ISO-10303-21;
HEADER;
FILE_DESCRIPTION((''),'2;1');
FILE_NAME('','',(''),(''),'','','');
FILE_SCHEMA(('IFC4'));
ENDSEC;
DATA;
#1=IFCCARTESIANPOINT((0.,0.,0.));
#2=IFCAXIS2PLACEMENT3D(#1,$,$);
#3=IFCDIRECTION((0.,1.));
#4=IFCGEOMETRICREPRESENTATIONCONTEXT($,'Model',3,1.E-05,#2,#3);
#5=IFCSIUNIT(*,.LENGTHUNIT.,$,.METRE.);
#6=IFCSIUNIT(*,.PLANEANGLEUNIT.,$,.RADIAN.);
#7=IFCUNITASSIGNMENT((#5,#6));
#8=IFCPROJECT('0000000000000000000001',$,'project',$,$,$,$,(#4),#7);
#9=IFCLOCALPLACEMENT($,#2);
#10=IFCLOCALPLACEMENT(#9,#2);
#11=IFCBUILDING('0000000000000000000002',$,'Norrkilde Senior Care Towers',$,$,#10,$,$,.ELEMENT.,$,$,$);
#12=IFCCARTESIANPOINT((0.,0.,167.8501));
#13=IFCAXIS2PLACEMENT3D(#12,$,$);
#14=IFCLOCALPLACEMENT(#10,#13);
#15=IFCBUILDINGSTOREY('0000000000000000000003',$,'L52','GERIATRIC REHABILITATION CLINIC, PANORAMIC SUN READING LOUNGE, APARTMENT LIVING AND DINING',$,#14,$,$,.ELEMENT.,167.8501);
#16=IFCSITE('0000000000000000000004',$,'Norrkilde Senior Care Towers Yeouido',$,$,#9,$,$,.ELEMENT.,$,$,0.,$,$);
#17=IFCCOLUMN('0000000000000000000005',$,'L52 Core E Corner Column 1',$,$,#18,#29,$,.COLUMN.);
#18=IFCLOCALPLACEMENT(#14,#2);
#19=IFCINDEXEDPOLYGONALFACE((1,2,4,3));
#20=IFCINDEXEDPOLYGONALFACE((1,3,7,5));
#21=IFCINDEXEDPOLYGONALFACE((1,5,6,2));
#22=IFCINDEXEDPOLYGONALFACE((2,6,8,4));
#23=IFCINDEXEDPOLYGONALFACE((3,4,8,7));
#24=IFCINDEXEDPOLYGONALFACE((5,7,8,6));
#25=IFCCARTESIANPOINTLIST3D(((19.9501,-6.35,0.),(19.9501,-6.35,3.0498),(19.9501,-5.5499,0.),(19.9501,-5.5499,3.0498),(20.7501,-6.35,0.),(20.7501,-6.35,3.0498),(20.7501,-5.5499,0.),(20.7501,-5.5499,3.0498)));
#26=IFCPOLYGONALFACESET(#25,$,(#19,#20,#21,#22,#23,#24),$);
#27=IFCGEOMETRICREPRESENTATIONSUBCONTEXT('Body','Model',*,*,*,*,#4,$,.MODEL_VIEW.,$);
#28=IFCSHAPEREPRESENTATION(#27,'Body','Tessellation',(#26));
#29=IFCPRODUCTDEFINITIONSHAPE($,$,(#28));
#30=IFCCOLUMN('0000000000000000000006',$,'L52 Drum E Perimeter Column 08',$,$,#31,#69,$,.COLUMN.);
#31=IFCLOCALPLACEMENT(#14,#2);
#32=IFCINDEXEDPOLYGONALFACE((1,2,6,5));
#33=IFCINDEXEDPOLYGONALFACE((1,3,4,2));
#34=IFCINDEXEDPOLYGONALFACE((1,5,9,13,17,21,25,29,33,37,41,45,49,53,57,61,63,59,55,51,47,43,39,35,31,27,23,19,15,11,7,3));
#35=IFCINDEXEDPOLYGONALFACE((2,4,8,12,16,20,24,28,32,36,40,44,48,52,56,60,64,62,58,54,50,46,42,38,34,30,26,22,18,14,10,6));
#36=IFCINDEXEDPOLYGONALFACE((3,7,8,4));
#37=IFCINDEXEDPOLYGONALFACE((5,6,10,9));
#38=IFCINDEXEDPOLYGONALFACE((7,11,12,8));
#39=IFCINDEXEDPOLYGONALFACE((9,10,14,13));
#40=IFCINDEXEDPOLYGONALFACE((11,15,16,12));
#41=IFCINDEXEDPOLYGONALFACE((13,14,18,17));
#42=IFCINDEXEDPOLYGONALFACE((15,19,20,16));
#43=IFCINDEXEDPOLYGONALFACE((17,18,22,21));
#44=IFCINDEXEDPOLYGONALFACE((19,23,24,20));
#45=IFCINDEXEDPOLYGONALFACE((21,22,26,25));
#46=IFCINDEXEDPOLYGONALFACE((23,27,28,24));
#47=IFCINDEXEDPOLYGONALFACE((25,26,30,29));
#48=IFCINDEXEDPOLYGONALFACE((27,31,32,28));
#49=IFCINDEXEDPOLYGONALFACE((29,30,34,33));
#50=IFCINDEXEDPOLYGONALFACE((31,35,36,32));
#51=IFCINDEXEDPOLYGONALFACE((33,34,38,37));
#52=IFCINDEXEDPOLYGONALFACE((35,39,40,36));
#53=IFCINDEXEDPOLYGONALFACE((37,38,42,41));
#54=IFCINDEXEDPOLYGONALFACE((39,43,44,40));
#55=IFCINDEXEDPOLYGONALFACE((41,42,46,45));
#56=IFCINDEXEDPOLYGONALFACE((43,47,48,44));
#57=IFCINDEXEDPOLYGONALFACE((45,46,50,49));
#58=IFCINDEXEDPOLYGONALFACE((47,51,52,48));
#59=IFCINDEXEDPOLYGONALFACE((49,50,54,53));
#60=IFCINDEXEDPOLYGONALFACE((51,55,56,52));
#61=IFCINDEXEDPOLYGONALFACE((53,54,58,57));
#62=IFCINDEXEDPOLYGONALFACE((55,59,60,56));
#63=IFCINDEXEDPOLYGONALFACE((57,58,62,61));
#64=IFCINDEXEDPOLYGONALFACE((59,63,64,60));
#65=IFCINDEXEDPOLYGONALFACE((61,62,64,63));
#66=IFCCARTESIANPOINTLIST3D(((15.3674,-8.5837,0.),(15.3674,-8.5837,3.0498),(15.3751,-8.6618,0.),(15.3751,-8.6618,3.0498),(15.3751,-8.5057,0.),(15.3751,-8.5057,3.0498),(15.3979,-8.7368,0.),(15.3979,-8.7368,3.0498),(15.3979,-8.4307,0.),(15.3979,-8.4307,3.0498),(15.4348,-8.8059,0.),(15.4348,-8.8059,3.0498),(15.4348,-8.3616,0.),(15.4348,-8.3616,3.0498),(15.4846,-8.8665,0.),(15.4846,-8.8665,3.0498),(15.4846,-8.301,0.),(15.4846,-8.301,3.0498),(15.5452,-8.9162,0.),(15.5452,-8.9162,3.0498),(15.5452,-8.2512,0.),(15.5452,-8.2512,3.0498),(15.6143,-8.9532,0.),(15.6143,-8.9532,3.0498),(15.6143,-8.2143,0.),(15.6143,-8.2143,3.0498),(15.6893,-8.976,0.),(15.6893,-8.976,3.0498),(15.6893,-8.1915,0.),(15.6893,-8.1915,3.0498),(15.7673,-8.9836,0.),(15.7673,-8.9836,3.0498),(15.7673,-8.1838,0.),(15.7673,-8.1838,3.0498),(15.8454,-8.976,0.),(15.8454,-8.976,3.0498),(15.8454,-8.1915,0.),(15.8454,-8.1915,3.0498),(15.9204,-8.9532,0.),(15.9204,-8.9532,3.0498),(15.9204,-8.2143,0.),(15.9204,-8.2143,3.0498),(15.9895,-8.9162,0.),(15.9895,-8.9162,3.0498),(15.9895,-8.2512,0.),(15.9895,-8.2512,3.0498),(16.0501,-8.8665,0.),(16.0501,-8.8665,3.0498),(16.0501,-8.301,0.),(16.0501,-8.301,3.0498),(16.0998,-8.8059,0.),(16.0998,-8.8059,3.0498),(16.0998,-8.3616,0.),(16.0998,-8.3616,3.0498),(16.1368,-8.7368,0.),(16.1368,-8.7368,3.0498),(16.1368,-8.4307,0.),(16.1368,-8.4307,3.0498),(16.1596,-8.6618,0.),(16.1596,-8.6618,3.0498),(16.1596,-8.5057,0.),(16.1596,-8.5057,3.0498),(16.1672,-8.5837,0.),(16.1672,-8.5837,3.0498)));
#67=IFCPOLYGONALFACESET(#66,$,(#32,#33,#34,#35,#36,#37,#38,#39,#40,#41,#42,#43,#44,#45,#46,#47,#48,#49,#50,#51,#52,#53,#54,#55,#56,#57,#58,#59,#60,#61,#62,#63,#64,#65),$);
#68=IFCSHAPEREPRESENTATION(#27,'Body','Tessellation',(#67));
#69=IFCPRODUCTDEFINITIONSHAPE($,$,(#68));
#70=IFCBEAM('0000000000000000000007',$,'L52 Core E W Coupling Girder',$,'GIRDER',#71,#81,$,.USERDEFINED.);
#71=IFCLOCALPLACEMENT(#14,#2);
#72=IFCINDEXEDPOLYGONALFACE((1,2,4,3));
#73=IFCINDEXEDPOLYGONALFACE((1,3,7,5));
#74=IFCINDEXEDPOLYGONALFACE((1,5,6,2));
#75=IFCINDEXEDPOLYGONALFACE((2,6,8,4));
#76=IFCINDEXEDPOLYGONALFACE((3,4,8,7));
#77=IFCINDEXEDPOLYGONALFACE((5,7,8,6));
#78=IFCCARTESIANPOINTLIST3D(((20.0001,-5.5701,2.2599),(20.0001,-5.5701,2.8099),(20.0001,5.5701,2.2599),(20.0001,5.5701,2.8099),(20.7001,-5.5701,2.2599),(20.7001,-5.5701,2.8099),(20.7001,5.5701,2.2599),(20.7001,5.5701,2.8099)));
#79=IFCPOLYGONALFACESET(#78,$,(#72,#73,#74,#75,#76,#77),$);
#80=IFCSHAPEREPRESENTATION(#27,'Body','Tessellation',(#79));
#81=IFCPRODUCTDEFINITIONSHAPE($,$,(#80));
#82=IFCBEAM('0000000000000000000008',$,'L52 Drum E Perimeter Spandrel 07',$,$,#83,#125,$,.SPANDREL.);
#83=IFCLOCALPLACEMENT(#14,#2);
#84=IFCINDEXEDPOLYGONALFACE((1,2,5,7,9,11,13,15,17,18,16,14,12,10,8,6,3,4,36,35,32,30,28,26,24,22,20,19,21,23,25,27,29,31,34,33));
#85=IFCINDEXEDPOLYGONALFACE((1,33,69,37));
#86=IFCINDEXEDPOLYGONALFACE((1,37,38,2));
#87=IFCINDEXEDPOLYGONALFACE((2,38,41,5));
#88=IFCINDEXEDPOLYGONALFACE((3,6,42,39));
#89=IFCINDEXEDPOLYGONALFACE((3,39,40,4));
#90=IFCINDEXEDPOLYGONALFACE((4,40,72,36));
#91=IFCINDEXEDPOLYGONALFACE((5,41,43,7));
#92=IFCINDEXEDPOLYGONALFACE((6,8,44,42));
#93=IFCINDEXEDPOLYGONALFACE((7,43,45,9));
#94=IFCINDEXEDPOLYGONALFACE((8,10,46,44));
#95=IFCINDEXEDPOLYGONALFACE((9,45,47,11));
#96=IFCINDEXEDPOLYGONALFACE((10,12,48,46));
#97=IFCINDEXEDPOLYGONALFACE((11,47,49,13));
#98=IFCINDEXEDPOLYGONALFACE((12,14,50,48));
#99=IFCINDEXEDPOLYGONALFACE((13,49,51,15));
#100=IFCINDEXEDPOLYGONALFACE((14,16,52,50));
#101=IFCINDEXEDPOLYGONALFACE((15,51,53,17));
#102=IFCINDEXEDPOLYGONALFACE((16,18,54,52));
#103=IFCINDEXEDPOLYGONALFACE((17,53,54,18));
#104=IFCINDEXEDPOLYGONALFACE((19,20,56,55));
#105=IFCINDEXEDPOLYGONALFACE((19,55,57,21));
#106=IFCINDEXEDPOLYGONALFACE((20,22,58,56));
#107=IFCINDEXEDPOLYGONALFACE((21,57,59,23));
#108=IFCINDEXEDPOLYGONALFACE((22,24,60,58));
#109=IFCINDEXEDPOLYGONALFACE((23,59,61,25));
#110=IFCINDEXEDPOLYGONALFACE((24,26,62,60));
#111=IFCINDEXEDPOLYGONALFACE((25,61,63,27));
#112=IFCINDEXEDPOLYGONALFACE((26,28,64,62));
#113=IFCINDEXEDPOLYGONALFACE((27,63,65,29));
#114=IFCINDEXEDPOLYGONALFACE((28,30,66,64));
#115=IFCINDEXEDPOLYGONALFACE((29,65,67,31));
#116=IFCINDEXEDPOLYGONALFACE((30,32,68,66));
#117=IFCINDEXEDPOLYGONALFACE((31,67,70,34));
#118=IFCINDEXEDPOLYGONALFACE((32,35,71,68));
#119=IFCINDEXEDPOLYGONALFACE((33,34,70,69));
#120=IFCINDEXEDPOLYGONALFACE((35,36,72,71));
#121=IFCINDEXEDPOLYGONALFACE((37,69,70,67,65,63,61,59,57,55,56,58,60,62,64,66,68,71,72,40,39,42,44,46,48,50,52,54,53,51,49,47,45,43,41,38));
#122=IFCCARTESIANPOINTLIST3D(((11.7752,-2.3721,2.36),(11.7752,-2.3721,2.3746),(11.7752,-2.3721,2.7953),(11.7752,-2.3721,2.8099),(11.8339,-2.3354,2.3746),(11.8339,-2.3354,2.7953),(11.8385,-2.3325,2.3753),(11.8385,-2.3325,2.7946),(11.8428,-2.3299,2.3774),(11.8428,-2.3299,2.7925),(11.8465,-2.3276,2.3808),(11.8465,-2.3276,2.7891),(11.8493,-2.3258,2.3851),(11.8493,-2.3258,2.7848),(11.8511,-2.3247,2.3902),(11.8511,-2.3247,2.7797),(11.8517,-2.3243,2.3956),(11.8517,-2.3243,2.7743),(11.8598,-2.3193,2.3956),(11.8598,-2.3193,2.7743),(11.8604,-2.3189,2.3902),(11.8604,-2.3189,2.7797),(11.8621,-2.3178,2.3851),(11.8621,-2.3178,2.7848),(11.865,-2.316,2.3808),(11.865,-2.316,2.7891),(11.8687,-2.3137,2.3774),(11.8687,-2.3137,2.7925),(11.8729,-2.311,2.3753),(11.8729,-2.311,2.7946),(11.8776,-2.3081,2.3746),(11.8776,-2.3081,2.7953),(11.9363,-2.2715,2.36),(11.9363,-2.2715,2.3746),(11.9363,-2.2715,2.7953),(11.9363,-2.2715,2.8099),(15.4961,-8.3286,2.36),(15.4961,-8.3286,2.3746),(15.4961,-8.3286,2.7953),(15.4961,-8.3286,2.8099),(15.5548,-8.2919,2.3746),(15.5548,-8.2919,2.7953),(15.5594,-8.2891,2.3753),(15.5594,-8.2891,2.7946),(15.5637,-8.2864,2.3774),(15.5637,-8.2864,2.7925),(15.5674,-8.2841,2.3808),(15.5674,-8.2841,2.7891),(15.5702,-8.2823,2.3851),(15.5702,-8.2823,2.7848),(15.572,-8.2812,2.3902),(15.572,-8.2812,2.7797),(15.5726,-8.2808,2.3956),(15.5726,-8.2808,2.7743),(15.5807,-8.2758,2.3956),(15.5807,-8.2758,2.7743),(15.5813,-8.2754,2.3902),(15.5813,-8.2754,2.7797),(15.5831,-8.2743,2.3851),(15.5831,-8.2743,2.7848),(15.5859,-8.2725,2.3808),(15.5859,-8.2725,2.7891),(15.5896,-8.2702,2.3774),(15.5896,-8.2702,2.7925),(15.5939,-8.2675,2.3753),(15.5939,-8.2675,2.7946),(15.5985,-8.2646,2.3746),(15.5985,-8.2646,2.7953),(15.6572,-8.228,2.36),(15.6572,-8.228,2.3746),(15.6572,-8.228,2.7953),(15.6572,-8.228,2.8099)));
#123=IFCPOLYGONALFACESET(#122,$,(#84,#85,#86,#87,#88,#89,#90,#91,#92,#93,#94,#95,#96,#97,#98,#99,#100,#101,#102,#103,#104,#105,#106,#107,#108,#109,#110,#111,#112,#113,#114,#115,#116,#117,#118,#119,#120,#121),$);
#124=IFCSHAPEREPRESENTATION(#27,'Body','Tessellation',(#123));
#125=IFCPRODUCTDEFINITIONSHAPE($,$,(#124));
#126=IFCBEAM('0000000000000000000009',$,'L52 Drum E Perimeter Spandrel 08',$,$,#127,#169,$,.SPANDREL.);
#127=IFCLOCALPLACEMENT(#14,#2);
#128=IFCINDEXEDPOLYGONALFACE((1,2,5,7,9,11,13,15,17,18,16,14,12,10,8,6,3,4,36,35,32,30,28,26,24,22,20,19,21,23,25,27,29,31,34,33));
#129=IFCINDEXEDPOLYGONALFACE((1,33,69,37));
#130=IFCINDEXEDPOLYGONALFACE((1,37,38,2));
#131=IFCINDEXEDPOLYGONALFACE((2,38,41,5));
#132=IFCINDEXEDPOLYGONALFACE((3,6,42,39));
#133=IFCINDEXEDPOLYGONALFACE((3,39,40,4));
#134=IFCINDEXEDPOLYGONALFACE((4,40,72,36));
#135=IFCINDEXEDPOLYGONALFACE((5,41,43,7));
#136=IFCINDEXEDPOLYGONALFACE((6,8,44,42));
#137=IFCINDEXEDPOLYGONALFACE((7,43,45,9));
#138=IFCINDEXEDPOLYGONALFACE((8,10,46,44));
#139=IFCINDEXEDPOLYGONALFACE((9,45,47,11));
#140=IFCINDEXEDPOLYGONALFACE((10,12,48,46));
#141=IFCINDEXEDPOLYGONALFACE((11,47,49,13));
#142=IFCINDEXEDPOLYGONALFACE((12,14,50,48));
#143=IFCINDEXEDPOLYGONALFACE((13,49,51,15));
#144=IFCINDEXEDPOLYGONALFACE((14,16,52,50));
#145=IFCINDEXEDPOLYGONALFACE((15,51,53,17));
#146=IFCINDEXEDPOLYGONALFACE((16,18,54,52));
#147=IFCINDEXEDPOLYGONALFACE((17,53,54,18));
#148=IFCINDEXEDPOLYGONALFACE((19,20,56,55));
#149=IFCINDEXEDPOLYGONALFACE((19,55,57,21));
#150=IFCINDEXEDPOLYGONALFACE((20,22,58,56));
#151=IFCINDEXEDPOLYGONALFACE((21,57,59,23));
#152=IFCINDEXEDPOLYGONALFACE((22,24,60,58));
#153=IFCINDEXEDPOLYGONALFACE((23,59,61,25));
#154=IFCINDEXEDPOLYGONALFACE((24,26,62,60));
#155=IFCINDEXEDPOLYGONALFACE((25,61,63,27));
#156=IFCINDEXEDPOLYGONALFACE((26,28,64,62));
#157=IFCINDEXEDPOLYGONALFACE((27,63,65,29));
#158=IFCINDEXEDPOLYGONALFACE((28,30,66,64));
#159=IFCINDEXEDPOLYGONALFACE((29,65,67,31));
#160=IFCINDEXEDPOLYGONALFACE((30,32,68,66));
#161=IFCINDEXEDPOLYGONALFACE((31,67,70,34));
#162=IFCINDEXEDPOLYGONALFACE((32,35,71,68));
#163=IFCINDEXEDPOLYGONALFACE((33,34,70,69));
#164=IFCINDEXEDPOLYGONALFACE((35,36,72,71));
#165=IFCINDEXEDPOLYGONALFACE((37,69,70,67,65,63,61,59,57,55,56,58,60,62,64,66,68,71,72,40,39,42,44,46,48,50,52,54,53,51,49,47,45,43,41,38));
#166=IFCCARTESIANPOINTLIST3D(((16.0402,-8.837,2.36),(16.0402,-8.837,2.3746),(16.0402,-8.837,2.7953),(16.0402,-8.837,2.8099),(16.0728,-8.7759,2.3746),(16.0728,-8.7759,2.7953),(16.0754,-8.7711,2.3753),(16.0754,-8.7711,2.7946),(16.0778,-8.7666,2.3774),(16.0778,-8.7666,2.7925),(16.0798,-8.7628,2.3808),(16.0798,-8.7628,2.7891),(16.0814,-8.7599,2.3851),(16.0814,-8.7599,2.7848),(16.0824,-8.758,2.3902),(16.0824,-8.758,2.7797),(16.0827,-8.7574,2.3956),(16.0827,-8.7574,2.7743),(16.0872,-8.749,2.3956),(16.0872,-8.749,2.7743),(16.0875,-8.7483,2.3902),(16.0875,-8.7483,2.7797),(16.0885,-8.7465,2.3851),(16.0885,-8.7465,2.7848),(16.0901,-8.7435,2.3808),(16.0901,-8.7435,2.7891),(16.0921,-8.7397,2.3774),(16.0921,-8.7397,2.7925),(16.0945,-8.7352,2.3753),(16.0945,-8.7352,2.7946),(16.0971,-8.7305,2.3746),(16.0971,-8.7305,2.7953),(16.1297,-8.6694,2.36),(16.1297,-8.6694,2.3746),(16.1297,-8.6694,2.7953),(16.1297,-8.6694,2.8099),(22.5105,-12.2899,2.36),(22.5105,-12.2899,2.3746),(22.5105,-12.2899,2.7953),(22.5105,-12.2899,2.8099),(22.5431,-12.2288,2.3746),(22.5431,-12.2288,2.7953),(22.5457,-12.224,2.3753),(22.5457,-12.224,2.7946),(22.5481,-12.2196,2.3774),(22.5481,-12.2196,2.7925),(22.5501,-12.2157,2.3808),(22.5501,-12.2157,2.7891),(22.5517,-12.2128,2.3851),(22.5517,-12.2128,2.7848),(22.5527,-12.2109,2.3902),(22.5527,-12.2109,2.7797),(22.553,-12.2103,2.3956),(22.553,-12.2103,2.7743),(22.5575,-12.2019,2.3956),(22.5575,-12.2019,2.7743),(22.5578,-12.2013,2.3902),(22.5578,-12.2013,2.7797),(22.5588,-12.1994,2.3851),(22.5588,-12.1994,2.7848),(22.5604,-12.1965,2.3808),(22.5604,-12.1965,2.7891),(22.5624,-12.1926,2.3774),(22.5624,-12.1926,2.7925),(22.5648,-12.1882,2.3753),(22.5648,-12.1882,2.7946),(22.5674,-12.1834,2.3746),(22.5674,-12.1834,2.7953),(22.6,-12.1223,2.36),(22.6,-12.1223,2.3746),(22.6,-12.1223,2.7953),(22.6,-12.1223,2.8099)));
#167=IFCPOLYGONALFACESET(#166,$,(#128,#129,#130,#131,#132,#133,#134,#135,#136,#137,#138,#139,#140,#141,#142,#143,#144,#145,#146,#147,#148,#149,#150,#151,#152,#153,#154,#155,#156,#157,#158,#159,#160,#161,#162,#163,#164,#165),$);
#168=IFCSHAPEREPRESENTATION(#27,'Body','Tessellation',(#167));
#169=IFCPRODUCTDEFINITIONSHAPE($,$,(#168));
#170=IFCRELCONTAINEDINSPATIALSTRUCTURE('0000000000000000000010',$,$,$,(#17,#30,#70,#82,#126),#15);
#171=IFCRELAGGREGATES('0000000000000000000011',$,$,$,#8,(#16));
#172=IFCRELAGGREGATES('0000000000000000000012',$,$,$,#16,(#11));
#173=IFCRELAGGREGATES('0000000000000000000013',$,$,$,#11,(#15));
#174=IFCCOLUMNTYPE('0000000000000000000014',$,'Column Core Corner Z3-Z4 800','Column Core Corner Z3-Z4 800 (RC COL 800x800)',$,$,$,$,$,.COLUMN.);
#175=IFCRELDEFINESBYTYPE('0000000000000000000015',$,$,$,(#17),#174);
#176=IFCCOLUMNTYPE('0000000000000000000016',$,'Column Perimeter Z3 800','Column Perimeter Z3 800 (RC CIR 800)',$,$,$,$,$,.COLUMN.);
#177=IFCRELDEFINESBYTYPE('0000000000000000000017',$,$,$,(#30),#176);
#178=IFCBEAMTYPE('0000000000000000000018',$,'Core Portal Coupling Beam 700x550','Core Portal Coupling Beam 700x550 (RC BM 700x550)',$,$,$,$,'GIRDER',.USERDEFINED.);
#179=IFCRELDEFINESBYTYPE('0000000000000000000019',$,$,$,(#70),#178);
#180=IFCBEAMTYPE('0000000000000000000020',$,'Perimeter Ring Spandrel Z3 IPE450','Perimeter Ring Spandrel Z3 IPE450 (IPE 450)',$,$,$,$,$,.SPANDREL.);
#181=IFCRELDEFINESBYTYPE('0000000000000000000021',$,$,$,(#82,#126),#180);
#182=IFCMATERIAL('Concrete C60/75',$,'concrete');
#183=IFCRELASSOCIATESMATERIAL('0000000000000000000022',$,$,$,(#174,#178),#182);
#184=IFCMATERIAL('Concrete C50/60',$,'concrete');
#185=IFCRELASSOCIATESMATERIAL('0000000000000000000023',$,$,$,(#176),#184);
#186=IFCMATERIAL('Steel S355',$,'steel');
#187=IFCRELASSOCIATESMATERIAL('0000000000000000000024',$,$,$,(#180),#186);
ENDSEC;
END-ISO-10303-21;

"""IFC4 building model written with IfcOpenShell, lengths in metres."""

from ifc_helpers import new_model, si_unit, direction, frame, origin, origin_2d, place, context, subcontext, project, spatial, rectangle, circle, i_section, extrude, source, transform, mapped, material, material_profile, profile_set, type_object, type_shapes, element, save


model = new_model("IFC4")

# Units and contexts
model_context = context("Model", 3, precision=1e-05, world=origin(), true_north=direction((0.0, 1.0)))
body_context = subcontext(model_context, "Body", "Model", "MODEL_VIEW")
ifc_project = project(units=[si_unit("LENGTHUNIT", "METRE"), si_unit("PLANEANGLEUNIT", "RADIAN")], contexts=[model_context])

# Site, building, storey
site_placement = place(None, origin())
site = spatial("IfcSite", under=ifc_project, at=site_placement, Name="Norrkilde Senior Care Towers Yeouido", CompositionType="ELEMENT", RefElevation=0.0)
building_placement = place(site_placement, origin())
building = spatial("IfcBuilding", under=site, at=building_placement, Name="Norrkilde Senior Care Towers", CompositionType="ELEMENT")
storey_placement = place(building_placement, frame((0.0, 0.0, 167.8501)))
storey = spatial("IfcBuildingStorey", under=building, at=storey_placement, Name="L52", Description="GERIATRIC REHABILITATION CLINIC, PANORAMIC SUN READING LOUNGE, APARTMENT LIVING AND DINING", CompositionType="ELEMENT", Elevation=167.8501)

# Columns
ifc_material_1 = material(Name="Concrete C60/75", Category="concrete")
ifc_material_profile_1 = material_profile(ifc_material_1, rectangle(XDim=0.8, YDim=0.8, at=origin_2d()), Name="RC COL 800x800")
ifc_profile_set_1 = profile_set([ifc_material_profile_1], Name="Concrete C60/75")
column_type_1 = type_object("IfcColumnType", Name="Column Core Corner Z3-Z4 800", Description="Column Core Corner Z3-Z4 800 (RC COL 800x800)", PredefinedType="COLUMN", material=ifc_profile_set_1)
shared_shape_1 = source(origin(), body_context, "Body", "SweptSolid", [
    extrude(rectangle(XDim=0.8, YDim=0.8, at=origin_2d()), origin(), (0.0, 0.0, 1.0), 3.0498),
])
type_shapes(column_type_1, [shared_shape_1])
column_1_placement = place(storey_placement, frame((20.3501, -5.95, 0.0), z_axis=(0.0, 0.0, 1.0), x_axis=(1.0, 0.0, 0.0)))
element("IfcColumn", 1, at=column_1_placement, inside=storey, type_object=column_type_1, Name="L52 Core E Corner Column 1", PredefinedType="COLUMN", context=body_context, shape_type="MappedRepresentation", body=[
    mapped(shared_shape_1, transform((0.0, 0.0, 0.0), x_axis=(1.0, 0.0, 0.0), y_axis=(0.0, 1.0, 0.0), z_axis=(0.0, 0.0, 1.0), scale=1.0)),
])
ifc_material_2 = material(Name="Concrete C50/60", Category="concrete")
ifc_material_profile_2 = material_profile(ifc_material_2, circle(Radius=0.3999, at=origin_2d()), Name="RC CIR 800")
ifc_profile_set_2 = profile_set([ifc_material_profile_2], Name="Concrete C50/60")
column_type_2 = type_object("IfcColumnType", Name="Column Perimeter Z3 800", Description="Column Perimeter Z3 800 (RC CIR 800)", PredefinedType="COLUMN", material=ifc_profile_set_2)
shared_shape_2 = source(origin(), body_context, "Body", "SweptSolid", [
    extrude(circle(Radius=0.3999, at=origin_2d()), origin(), (0.0, 0.0, 1.0), 3.0498),
])
type_shapes(column_type_2, [shared_shape_2])
column_2_placement = place(storey_placement, frame((15.7673, -8.5837, 0.0), z_axis=(0.0, 0.0, 1.0), x_axis=(1.0, 0.0, 0.0)))
element("IfcColumn", 2, at=column_2_placement, inside=storey, type_object=column_type_2, Name="L52 Drum E Perimeter Column 08", PredefinedType="COLUMN", context=body_context, shape_type="MappedRepresentation", body=[
    mapped(shared_shape_2, transform((0.0, 0.0, 0.0), x_axis=(1.0, 0.0, 0.0), y_axis=(0.0, 1.0, 0.0), z_axis=(0.0, 0.0, 1.0), scale=1.0)),
])

# Beams
ifc_material_profile_3 = material_profile(ifc_material_1, rectangle(XDim=0.7, YDim=0.55, at=origin_2d()), Name="RC BM 700x550")
ifc_profile_set_3 = profile_set([ifc_material_profile_3], Name="Concrete C60/75")
beam_type_1 = type_object("IfcBeamType", Name="Core Portal Coupling Beam 700x550", Description="Core Portal Coupling Beam 700x550 (RC BM 700x550)", ElementType="GIRDER", PredefinedType="USERDEFINED", material=ifc_profile_set_3)
shared_shape_3 = source(origin(), body_context, "Body", "SweptSolid", [
    extrude(rectangle(XDim=0.7, YDim=0.55, at=origin_2d()), origin(), (0.0, 0.0, 1.0), 11.1401),
])
type_shapes(beam_type_1, [shared_shape_3])
beam_1_placement = place(storey_placement, frame((20.3501, -5.5701, 2.5349), z_axis=(0.0, 1.0, 0.0), x_axis=(-1.0, 0.0, 0.0)))
element("IfcBeam", 3, at=beam_1_placement, inside=storey, type_object=beam_type_1, Name="L52 Core E W Coupling Girder", ObjectType="GIRDER", PredefinedType="USERDEFINED", context=body_context, shape_type="MappedRepresentation", body=[
    mapped(shared_shape_3, transform((0.0, 0.0, 0.0), x_axis=(1.0, 0.0, 0.0), y_axis=(0.0, 1.0, 0.0), z_axis=(0.0, 0.0, 1.0), scale=1.0)),
])
ifc_material_3 = material(Name="Steel S355", Category="steel")
ifc_material_profile_4 = material_profile(ifc_material_3, i_section(OverallWidth=0.1899, OverallDepth=0.45, WebThickness=0.0095, FlangeThickness=0.0146, FilletRadius=0.021, at=origin_2d()), Name="IPE 450")
ifc_profile_set_4 = profile_set([ifc_material_profile_4], Name="Steel S355")
beam_type_2 = type_object("IfcBeamType", Name="Perimeter Ring Spandrel Z3 IPE450", Description="Perimeter Ring Spandrel Z3 IPE450 (IPE 450)", PredefinedType="SPANDREL", material=ifc_profile_set_4)
shared_shape_4 = source(origin(), body_context, "Body", "SweptSolid", [
    extrude(i_section(OverallWidth=0.1899, OverallDepth=0.45, WebThickness=0.0095, FlangeThickness=0.0146, FilletRadius=0.021, at=origin_2d()), origin(), (0.0, 0.0, 1.0), 7.0232),
])
beam_2_placement = place(storey_placement, frame((11.8557, -2.3218, 2.585), z_axis=(0.529805, -0.848119, 0.0), x_axis=(0.848119, 0.529805, 0.0)))
element("IfcBeam", 4, at=beam_2_placement, inside=storey, type_object=beam_type_2, Name="L52 Drum E Perimeter Spandrel 07", PredefinedType="SPANDREL", context=body_context, shape_type="MappedRepresentation", body=[
    mapped(shared_shape_4, transform((0.0, 0.0, 0.0), x_axis=(1.0, 0.0, 0.0), y_axis=(0.0, 1.0, 0.0), z_axis=(0.0, 0.0, 1.0), scale=1.0)),
])
shared_shape_5 = source(origin(), body_context, "Body", "SweptSolid", [
    extrude(i_section(OverallWidth=0.1899, OverallDepth=0.45, WebThickness=0.0095, FlangeThickness=0.0146, FilletRadius=0.021, at=origin_2d()), origin(), (0.0, 0.0, 1.0), 7.334),
])
type_shapes(beam_type_2, [shared_shape_4, shared_shape_5])
beam_3_placement = place(storey_placement, frame((16.085, -8.7532, 2.585), z_axis=(0.882234, -0.470811, 0.0), x_axis=(0.470811, 0.882234, 0.0)))
element("IfcBeam", 5, at=beam_3_placement, inside=storey, type_object=beam_type_2, Name="L52 Drum E Perimeter Spandrel 08", PredefinedType="SPANDREL", context=body_context, shape_type="MappedRepresentation", body=[
    mapped(shared_shape_5, transform((0.0, 0.0, 0.0), x_axis=(1.0, 0.0, 0.0), y_axis=(0.0, 1.0, 0.0), z_axis=(0.0, 0.0, 1.0), scale=1.0)),
])

save(model, "model.ifc")
